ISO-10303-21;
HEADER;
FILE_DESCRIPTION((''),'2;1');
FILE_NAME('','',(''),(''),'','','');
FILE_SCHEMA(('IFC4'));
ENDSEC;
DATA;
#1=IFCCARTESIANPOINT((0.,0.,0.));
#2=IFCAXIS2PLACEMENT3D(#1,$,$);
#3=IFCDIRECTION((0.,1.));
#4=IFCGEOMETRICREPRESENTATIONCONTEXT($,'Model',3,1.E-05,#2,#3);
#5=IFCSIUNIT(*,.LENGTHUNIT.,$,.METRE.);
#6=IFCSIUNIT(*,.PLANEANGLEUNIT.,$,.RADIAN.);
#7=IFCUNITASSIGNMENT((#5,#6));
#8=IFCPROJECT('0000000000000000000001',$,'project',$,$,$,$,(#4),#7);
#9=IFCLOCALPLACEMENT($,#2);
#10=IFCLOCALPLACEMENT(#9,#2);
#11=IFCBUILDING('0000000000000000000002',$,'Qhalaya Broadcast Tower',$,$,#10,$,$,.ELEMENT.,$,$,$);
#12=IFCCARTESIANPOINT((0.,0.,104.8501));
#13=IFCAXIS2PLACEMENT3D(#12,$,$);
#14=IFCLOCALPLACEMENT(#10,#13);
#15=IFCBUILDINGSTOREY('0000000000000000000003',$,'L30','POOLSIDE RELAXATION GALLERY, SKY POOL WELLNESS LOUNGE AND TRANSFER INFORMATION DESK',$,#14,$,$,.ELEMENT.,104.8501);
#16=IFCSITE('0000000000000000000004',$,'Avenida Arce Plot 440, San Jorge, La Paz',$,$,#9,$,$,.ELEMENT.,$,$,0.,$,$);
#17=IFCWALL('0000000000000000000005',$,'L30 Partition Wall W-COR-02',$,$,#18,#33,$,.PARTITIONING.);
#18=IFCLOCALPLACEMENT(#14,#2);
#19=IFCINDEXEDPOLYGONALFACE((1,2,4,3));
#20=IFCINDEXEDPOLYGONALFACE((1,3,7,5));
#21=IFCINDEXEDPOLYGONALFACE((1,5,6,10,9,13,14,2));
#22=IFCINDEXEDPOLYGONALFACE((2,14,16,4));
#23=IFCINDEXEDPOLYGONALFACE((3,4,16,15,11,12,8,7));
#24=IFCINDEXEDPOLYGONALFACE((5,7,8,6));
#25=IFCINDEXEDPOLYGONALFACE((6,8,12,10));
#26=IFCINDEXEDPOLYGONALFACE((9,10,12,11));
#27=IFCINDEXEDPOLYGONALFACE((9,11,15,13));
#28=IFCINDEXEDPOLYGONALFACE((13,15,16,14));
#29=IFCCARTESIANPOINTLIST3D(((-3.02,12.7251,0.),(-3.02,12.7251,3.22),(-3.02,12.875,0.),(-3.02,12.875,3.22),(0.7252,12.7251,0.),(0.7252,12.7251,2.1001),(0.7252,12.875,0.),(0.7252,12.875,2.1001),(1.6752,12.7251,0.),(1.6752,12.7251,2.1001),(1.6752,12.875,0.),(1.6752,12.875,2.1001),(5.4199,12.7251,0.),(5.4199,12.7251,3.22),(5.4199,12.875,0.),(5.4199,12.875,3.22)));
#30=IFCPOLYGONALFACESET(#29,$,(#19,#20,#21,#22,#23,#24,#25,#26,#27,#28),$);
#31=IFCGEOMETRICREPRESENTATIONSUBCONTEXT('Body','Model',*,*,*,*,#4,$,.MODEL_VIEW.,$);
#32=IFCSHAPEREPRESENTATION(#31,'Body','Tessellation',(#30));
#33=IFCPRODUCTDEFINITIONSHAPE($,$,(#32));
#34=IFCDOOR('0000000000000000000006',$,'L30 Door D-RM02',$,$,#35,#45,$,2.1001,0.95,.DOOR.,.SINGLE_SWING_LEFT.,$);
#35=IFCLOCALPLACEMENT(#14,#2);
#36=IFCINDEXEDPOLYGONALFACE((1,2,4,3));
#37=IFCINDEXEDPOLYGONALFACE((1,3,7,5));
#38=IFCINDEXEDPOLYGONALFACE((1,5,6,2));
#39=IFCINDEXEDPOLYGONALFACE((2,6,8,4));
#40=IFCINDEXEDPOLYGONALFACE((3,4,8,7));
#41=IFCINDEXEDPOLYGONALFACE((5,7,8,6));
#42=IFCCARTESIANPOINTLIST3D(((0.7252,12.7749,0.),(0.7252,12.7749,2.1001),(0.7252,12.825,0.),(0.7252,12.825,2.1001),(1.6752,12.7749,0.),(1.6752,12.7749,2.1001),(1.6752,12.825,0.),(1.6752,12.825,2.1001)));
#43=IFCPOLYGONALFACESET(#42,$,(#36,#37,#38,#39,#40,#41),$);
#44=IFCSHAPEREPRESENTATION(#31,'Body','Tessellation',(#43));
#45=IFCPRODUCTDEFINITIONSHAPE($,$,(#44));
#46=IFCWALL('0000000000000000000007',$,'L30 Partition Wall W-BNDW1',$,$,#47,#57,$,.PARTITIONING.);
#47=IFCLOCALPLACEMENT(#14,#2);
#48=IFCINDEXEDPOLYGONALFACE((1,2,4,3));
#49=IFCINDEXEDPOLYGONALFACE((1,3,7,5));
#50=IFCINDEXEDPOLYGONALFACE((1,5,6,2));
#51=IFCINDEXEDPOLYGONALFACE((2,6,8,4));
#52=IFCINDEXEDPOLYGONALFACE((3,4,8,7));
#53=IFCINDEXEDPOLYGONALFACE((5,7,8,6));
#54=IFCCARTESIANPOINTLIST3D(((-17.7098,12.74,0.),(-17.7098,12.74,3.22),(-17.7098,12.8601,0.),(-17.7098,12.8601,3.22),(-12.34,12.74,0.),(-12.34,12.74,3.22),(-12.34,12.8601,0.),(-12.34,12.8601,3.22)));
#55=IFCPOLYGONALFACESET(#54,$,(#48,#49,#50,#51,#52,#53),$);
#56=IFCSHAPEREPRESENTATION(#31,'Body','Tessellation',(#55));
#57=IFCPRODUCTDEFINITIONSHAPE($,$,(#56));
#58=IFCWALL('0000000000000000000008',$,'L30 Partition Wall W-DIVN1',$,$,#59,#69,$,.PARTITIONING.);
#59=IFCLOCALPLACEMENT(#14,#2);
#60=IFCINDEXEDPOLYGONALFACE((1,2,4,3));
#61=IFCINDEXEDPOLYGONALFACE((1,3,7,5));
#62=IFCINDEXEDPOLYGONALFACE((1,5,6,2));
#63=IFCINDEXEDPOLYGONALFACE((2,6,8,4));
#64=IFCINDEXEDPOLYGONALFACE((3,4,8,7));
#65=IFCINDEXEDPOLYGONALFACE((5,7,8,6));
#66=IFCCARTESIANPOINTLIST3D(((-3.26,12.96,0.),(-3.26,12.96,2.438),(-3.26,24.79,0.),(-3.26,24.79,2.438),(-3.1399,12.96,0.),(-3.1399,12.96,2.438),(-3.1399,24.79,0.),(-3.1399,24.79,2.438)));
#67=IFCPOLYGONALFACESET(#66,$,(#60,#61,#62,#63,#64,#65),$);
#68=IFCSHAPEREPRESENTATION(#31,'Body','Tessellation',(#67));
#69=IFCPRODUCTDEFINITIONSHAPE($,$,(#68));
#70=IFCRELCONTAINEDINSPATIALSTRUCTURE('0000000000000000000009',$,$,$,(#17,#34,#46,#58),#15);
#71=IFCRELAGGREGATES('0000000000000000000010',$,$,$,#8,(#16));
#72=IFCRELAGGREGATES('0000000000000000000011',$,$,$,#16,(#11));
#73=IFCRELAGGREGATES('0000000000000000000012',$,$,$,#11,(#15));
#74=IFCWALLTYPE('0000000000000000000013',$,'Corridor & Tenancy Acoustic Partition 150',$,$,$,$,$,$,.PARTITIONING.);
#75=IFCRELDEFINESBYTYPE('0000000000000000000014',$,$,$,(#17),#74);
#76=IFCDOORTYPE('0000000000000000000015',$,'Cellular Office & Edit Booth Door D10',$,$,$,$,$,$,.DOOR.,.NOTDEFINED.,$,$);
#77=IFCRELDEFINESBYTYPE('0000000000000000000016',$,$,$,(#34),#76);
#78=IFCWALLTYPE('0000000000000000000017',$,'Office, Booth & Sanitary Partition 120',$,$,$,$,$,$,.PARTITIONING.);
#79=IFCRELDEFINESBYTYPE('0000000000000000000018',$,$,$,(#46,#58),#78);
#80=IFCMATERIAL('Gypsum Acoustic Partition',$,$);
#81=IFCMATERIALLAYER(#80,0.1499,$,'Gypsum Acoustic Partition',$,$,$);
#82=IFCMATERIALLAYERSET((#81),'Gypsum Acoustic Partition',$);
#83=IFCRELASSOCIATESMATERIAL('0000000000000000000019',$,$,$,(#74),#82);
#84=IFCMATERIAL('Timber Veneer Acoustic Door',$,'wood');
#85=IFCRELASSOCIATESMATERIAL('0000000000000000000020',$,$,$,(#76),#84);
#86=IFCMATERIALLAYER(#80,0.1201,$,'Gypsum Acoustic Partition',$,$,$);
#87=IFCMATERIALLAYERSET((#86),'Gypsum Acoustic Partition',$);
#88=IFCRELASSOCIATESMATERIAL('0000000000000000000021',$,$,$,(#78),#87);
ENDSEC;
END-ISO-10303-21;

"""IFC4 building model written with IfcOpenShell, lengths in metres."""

from ifc_helpers import new_model, si_unit, direction, frame, frame_2d, origin, place, context, subcontext, project, spatial, rectangle, extrude, material, layer, layer_set, type_object, element, fill, save


model = new_model("IFC4")

# Units and contexts
model_context = context("Model", 3, precision=1e-05, world=origin(), true_north=direction((0.0, 1.0)))
body_context = subcontext(model_context, "Body", "Model", "MODEL_VIEW")
ifc_project = project(units=[si_unit("LENGTHUNIT", "METRE"), si_unit("PLANEANGLEUNIT", "RADIAN")], contexts=[model_context])

# Site, building, storey
site_placement = place(None, origin())
site = spatial("IfcSite", under=ifc_project, at=site_placement, Name="Avenida Arce Plot 440, San Jorge, La Paz", CompositionType="ELEMENT", RefElevation=0.0)
building_placement = place(site_placement, origin())
building = spatial("IfcBuilding", under=site, at=building_placement, Name="Qhalaya Broadcast Tower", CompositionType="ELEMENT")
storey_placement = place(building_placement, frame((0.0, 0.0, 104.8501)))
storey = spatial("IfcBuildingStorey", under=building, at=storey_placement, Name="L30", Description="POOLSIDE RELAXATION GALLERY, SKY POOL WELLNESS LOUNGE AND TRANSFER INFORMATION DESK", CompositionType="ELEMENT", Elevation=104.8501)

# Wall, opening, door
ifc_material_1 = material(Name="Gypsum Acoustic Partition")
ifc_layer_1 = layer(ifc_material_1, 0.1499, Name="Gypsum Acoustic Partition")
ifc_layer_set_1 = layer_set([ifc_layer_1], Name="Gypsum Acoustic Partition")
wall_type_1 = type_object("IfcWallType", Name="Corridor & Tenancy Acoustic Partition 150", PredefinedType="PARTITIONING", material=ifc_layer_set_1)
ifc_material_2 = material(Name="Timber Veneer Acoustic Door", Category="wood")
door_type = type_object("IfcDoorType", Name="Cellular Office & Edit Booth Door D10", OperationType="NOTDEFINED", PredefinedType="DOOR", material=ifc_material_2)
wall_1_placement = place(storey_placement, frame((-3.02, 12.8, 0.0), z_axis=(0.0, 0.0, 1.0), x_axis=(1.0, 0.0, 0.0)))
wall_1 = element("IfcWall", 1, at=wall_1_placement, inside=storey, type_object=wall_type_1, Name="L30 Partition Wall W-COR-02", PredefinedType="PARTITIONING", context=body_context, shape_type="SweptSolid", body=[
    extrude(rectangle(XDim=8.4399, YDim=0.1499, at=frame_2d((4.22, 0.0))), origin(), (0.0, 0.0, 1.0), 3.22),
])
opening_1_placement = place(wall_1_placement, frame((3.7451, 0.0, 0.0)))
opening_1 = element("IfcOpeningElement", 2, at=opening_1_placement, cuts=wall_1, PredefinedType="OPENING", context=body_context, shape_type="SweptSolid", body=[
    extrude(rectangle(XDim=0.95, YDim=2.1001, at=frame_2d((0.4751, 1.05))), frame((0.0, 0.0869, 0.0), z_axis=(0.0, -1.0, 0.0), x_axis=(1.0, 0.0, 0.0)), (0.0, 0.0, 1.0), 0.1738),
])
door_1_placement = place(opening_1_placement, origin())
door_1 = element("IfcDoor", 3, at=door_1_placement, inside=storey, type_object=door_type, Name="L30 Door D-RM02", OperationType="SINGLE_SWING_LEFT", OverallHeight=2.1001, OverallWidth=0.95, PredefinedType="DOOR", context=body_context, shape_type="SweptSolid", body=[
    extrude(rectangle(XDim=0.95, YDim=2.1001, at=frame_2d((0.4751, 1.05))), frame((0.0, 0.0249, 0.0), z_axis=(0.0, -1.0, 0.0), x_axis=(1.0, 0.0, 0.0)), (0.0, 0.0, 1.0), 0.05),
])
fill(opening_1, door_1)

# Walls
ifc_layer_2 = layer(ifc_material_1, 0.1201, Name="Gypsum Acoustic Partition")
ifc_layer_set_2 = layer_set([ifc_layer_2], Name="Gypsum Acoustic Partition")
wall_type_2 = type_object("IfcWallType", Name="Office, Booth & Sanitary Partition 120", PredefinedType="PARTITIONING", material=ifc_layer_set_2)
wall_2_placement = place(storey_placement, frame((-17.71, 12.8, 0.0), z_axis=(0.0, 0.0, 1.0), x_axis=(1.0, 0.0, 0.0)))
element("IfcWall", 4, at=wall_2_placement, inside=storey, type_object=wall_type_2, Name="L30 Partition Wall W-BNDW1", PredefinedType="PARTITIONING", context=body_context, shape_type="SweptSolid", body=[
    extrude(rectangle(XDim=5.3699, YDim=0.1201, at=frame_2d((2.6851, 0.0))), origin(), (0.0, 0.0, 1.0), 3.22),
])
wall_3_placement = place(storey_placement, frame((-3.2, 12.96, 0.0), z_axis=(0.0, 0.0, 1.0), x_axis=(0.0, 1.0, 0.0)))
element("IfcWall", 5, at=wall_3_placement, inside=storey, type_object=wall_type_2, Name="L30 Partition Wall W-DIVN1", PredefinedType="PARTITIONING", context=body_context, shape_type="SweptSolid", body=[
    extrude(rectangle(XDim=11.8301, YDim=0.1201, at=frame_2d((5.915, 0.0))), origin(), (0.0, 0.0, 1.0), 2.438),
])

save(model, "model.ifc")
